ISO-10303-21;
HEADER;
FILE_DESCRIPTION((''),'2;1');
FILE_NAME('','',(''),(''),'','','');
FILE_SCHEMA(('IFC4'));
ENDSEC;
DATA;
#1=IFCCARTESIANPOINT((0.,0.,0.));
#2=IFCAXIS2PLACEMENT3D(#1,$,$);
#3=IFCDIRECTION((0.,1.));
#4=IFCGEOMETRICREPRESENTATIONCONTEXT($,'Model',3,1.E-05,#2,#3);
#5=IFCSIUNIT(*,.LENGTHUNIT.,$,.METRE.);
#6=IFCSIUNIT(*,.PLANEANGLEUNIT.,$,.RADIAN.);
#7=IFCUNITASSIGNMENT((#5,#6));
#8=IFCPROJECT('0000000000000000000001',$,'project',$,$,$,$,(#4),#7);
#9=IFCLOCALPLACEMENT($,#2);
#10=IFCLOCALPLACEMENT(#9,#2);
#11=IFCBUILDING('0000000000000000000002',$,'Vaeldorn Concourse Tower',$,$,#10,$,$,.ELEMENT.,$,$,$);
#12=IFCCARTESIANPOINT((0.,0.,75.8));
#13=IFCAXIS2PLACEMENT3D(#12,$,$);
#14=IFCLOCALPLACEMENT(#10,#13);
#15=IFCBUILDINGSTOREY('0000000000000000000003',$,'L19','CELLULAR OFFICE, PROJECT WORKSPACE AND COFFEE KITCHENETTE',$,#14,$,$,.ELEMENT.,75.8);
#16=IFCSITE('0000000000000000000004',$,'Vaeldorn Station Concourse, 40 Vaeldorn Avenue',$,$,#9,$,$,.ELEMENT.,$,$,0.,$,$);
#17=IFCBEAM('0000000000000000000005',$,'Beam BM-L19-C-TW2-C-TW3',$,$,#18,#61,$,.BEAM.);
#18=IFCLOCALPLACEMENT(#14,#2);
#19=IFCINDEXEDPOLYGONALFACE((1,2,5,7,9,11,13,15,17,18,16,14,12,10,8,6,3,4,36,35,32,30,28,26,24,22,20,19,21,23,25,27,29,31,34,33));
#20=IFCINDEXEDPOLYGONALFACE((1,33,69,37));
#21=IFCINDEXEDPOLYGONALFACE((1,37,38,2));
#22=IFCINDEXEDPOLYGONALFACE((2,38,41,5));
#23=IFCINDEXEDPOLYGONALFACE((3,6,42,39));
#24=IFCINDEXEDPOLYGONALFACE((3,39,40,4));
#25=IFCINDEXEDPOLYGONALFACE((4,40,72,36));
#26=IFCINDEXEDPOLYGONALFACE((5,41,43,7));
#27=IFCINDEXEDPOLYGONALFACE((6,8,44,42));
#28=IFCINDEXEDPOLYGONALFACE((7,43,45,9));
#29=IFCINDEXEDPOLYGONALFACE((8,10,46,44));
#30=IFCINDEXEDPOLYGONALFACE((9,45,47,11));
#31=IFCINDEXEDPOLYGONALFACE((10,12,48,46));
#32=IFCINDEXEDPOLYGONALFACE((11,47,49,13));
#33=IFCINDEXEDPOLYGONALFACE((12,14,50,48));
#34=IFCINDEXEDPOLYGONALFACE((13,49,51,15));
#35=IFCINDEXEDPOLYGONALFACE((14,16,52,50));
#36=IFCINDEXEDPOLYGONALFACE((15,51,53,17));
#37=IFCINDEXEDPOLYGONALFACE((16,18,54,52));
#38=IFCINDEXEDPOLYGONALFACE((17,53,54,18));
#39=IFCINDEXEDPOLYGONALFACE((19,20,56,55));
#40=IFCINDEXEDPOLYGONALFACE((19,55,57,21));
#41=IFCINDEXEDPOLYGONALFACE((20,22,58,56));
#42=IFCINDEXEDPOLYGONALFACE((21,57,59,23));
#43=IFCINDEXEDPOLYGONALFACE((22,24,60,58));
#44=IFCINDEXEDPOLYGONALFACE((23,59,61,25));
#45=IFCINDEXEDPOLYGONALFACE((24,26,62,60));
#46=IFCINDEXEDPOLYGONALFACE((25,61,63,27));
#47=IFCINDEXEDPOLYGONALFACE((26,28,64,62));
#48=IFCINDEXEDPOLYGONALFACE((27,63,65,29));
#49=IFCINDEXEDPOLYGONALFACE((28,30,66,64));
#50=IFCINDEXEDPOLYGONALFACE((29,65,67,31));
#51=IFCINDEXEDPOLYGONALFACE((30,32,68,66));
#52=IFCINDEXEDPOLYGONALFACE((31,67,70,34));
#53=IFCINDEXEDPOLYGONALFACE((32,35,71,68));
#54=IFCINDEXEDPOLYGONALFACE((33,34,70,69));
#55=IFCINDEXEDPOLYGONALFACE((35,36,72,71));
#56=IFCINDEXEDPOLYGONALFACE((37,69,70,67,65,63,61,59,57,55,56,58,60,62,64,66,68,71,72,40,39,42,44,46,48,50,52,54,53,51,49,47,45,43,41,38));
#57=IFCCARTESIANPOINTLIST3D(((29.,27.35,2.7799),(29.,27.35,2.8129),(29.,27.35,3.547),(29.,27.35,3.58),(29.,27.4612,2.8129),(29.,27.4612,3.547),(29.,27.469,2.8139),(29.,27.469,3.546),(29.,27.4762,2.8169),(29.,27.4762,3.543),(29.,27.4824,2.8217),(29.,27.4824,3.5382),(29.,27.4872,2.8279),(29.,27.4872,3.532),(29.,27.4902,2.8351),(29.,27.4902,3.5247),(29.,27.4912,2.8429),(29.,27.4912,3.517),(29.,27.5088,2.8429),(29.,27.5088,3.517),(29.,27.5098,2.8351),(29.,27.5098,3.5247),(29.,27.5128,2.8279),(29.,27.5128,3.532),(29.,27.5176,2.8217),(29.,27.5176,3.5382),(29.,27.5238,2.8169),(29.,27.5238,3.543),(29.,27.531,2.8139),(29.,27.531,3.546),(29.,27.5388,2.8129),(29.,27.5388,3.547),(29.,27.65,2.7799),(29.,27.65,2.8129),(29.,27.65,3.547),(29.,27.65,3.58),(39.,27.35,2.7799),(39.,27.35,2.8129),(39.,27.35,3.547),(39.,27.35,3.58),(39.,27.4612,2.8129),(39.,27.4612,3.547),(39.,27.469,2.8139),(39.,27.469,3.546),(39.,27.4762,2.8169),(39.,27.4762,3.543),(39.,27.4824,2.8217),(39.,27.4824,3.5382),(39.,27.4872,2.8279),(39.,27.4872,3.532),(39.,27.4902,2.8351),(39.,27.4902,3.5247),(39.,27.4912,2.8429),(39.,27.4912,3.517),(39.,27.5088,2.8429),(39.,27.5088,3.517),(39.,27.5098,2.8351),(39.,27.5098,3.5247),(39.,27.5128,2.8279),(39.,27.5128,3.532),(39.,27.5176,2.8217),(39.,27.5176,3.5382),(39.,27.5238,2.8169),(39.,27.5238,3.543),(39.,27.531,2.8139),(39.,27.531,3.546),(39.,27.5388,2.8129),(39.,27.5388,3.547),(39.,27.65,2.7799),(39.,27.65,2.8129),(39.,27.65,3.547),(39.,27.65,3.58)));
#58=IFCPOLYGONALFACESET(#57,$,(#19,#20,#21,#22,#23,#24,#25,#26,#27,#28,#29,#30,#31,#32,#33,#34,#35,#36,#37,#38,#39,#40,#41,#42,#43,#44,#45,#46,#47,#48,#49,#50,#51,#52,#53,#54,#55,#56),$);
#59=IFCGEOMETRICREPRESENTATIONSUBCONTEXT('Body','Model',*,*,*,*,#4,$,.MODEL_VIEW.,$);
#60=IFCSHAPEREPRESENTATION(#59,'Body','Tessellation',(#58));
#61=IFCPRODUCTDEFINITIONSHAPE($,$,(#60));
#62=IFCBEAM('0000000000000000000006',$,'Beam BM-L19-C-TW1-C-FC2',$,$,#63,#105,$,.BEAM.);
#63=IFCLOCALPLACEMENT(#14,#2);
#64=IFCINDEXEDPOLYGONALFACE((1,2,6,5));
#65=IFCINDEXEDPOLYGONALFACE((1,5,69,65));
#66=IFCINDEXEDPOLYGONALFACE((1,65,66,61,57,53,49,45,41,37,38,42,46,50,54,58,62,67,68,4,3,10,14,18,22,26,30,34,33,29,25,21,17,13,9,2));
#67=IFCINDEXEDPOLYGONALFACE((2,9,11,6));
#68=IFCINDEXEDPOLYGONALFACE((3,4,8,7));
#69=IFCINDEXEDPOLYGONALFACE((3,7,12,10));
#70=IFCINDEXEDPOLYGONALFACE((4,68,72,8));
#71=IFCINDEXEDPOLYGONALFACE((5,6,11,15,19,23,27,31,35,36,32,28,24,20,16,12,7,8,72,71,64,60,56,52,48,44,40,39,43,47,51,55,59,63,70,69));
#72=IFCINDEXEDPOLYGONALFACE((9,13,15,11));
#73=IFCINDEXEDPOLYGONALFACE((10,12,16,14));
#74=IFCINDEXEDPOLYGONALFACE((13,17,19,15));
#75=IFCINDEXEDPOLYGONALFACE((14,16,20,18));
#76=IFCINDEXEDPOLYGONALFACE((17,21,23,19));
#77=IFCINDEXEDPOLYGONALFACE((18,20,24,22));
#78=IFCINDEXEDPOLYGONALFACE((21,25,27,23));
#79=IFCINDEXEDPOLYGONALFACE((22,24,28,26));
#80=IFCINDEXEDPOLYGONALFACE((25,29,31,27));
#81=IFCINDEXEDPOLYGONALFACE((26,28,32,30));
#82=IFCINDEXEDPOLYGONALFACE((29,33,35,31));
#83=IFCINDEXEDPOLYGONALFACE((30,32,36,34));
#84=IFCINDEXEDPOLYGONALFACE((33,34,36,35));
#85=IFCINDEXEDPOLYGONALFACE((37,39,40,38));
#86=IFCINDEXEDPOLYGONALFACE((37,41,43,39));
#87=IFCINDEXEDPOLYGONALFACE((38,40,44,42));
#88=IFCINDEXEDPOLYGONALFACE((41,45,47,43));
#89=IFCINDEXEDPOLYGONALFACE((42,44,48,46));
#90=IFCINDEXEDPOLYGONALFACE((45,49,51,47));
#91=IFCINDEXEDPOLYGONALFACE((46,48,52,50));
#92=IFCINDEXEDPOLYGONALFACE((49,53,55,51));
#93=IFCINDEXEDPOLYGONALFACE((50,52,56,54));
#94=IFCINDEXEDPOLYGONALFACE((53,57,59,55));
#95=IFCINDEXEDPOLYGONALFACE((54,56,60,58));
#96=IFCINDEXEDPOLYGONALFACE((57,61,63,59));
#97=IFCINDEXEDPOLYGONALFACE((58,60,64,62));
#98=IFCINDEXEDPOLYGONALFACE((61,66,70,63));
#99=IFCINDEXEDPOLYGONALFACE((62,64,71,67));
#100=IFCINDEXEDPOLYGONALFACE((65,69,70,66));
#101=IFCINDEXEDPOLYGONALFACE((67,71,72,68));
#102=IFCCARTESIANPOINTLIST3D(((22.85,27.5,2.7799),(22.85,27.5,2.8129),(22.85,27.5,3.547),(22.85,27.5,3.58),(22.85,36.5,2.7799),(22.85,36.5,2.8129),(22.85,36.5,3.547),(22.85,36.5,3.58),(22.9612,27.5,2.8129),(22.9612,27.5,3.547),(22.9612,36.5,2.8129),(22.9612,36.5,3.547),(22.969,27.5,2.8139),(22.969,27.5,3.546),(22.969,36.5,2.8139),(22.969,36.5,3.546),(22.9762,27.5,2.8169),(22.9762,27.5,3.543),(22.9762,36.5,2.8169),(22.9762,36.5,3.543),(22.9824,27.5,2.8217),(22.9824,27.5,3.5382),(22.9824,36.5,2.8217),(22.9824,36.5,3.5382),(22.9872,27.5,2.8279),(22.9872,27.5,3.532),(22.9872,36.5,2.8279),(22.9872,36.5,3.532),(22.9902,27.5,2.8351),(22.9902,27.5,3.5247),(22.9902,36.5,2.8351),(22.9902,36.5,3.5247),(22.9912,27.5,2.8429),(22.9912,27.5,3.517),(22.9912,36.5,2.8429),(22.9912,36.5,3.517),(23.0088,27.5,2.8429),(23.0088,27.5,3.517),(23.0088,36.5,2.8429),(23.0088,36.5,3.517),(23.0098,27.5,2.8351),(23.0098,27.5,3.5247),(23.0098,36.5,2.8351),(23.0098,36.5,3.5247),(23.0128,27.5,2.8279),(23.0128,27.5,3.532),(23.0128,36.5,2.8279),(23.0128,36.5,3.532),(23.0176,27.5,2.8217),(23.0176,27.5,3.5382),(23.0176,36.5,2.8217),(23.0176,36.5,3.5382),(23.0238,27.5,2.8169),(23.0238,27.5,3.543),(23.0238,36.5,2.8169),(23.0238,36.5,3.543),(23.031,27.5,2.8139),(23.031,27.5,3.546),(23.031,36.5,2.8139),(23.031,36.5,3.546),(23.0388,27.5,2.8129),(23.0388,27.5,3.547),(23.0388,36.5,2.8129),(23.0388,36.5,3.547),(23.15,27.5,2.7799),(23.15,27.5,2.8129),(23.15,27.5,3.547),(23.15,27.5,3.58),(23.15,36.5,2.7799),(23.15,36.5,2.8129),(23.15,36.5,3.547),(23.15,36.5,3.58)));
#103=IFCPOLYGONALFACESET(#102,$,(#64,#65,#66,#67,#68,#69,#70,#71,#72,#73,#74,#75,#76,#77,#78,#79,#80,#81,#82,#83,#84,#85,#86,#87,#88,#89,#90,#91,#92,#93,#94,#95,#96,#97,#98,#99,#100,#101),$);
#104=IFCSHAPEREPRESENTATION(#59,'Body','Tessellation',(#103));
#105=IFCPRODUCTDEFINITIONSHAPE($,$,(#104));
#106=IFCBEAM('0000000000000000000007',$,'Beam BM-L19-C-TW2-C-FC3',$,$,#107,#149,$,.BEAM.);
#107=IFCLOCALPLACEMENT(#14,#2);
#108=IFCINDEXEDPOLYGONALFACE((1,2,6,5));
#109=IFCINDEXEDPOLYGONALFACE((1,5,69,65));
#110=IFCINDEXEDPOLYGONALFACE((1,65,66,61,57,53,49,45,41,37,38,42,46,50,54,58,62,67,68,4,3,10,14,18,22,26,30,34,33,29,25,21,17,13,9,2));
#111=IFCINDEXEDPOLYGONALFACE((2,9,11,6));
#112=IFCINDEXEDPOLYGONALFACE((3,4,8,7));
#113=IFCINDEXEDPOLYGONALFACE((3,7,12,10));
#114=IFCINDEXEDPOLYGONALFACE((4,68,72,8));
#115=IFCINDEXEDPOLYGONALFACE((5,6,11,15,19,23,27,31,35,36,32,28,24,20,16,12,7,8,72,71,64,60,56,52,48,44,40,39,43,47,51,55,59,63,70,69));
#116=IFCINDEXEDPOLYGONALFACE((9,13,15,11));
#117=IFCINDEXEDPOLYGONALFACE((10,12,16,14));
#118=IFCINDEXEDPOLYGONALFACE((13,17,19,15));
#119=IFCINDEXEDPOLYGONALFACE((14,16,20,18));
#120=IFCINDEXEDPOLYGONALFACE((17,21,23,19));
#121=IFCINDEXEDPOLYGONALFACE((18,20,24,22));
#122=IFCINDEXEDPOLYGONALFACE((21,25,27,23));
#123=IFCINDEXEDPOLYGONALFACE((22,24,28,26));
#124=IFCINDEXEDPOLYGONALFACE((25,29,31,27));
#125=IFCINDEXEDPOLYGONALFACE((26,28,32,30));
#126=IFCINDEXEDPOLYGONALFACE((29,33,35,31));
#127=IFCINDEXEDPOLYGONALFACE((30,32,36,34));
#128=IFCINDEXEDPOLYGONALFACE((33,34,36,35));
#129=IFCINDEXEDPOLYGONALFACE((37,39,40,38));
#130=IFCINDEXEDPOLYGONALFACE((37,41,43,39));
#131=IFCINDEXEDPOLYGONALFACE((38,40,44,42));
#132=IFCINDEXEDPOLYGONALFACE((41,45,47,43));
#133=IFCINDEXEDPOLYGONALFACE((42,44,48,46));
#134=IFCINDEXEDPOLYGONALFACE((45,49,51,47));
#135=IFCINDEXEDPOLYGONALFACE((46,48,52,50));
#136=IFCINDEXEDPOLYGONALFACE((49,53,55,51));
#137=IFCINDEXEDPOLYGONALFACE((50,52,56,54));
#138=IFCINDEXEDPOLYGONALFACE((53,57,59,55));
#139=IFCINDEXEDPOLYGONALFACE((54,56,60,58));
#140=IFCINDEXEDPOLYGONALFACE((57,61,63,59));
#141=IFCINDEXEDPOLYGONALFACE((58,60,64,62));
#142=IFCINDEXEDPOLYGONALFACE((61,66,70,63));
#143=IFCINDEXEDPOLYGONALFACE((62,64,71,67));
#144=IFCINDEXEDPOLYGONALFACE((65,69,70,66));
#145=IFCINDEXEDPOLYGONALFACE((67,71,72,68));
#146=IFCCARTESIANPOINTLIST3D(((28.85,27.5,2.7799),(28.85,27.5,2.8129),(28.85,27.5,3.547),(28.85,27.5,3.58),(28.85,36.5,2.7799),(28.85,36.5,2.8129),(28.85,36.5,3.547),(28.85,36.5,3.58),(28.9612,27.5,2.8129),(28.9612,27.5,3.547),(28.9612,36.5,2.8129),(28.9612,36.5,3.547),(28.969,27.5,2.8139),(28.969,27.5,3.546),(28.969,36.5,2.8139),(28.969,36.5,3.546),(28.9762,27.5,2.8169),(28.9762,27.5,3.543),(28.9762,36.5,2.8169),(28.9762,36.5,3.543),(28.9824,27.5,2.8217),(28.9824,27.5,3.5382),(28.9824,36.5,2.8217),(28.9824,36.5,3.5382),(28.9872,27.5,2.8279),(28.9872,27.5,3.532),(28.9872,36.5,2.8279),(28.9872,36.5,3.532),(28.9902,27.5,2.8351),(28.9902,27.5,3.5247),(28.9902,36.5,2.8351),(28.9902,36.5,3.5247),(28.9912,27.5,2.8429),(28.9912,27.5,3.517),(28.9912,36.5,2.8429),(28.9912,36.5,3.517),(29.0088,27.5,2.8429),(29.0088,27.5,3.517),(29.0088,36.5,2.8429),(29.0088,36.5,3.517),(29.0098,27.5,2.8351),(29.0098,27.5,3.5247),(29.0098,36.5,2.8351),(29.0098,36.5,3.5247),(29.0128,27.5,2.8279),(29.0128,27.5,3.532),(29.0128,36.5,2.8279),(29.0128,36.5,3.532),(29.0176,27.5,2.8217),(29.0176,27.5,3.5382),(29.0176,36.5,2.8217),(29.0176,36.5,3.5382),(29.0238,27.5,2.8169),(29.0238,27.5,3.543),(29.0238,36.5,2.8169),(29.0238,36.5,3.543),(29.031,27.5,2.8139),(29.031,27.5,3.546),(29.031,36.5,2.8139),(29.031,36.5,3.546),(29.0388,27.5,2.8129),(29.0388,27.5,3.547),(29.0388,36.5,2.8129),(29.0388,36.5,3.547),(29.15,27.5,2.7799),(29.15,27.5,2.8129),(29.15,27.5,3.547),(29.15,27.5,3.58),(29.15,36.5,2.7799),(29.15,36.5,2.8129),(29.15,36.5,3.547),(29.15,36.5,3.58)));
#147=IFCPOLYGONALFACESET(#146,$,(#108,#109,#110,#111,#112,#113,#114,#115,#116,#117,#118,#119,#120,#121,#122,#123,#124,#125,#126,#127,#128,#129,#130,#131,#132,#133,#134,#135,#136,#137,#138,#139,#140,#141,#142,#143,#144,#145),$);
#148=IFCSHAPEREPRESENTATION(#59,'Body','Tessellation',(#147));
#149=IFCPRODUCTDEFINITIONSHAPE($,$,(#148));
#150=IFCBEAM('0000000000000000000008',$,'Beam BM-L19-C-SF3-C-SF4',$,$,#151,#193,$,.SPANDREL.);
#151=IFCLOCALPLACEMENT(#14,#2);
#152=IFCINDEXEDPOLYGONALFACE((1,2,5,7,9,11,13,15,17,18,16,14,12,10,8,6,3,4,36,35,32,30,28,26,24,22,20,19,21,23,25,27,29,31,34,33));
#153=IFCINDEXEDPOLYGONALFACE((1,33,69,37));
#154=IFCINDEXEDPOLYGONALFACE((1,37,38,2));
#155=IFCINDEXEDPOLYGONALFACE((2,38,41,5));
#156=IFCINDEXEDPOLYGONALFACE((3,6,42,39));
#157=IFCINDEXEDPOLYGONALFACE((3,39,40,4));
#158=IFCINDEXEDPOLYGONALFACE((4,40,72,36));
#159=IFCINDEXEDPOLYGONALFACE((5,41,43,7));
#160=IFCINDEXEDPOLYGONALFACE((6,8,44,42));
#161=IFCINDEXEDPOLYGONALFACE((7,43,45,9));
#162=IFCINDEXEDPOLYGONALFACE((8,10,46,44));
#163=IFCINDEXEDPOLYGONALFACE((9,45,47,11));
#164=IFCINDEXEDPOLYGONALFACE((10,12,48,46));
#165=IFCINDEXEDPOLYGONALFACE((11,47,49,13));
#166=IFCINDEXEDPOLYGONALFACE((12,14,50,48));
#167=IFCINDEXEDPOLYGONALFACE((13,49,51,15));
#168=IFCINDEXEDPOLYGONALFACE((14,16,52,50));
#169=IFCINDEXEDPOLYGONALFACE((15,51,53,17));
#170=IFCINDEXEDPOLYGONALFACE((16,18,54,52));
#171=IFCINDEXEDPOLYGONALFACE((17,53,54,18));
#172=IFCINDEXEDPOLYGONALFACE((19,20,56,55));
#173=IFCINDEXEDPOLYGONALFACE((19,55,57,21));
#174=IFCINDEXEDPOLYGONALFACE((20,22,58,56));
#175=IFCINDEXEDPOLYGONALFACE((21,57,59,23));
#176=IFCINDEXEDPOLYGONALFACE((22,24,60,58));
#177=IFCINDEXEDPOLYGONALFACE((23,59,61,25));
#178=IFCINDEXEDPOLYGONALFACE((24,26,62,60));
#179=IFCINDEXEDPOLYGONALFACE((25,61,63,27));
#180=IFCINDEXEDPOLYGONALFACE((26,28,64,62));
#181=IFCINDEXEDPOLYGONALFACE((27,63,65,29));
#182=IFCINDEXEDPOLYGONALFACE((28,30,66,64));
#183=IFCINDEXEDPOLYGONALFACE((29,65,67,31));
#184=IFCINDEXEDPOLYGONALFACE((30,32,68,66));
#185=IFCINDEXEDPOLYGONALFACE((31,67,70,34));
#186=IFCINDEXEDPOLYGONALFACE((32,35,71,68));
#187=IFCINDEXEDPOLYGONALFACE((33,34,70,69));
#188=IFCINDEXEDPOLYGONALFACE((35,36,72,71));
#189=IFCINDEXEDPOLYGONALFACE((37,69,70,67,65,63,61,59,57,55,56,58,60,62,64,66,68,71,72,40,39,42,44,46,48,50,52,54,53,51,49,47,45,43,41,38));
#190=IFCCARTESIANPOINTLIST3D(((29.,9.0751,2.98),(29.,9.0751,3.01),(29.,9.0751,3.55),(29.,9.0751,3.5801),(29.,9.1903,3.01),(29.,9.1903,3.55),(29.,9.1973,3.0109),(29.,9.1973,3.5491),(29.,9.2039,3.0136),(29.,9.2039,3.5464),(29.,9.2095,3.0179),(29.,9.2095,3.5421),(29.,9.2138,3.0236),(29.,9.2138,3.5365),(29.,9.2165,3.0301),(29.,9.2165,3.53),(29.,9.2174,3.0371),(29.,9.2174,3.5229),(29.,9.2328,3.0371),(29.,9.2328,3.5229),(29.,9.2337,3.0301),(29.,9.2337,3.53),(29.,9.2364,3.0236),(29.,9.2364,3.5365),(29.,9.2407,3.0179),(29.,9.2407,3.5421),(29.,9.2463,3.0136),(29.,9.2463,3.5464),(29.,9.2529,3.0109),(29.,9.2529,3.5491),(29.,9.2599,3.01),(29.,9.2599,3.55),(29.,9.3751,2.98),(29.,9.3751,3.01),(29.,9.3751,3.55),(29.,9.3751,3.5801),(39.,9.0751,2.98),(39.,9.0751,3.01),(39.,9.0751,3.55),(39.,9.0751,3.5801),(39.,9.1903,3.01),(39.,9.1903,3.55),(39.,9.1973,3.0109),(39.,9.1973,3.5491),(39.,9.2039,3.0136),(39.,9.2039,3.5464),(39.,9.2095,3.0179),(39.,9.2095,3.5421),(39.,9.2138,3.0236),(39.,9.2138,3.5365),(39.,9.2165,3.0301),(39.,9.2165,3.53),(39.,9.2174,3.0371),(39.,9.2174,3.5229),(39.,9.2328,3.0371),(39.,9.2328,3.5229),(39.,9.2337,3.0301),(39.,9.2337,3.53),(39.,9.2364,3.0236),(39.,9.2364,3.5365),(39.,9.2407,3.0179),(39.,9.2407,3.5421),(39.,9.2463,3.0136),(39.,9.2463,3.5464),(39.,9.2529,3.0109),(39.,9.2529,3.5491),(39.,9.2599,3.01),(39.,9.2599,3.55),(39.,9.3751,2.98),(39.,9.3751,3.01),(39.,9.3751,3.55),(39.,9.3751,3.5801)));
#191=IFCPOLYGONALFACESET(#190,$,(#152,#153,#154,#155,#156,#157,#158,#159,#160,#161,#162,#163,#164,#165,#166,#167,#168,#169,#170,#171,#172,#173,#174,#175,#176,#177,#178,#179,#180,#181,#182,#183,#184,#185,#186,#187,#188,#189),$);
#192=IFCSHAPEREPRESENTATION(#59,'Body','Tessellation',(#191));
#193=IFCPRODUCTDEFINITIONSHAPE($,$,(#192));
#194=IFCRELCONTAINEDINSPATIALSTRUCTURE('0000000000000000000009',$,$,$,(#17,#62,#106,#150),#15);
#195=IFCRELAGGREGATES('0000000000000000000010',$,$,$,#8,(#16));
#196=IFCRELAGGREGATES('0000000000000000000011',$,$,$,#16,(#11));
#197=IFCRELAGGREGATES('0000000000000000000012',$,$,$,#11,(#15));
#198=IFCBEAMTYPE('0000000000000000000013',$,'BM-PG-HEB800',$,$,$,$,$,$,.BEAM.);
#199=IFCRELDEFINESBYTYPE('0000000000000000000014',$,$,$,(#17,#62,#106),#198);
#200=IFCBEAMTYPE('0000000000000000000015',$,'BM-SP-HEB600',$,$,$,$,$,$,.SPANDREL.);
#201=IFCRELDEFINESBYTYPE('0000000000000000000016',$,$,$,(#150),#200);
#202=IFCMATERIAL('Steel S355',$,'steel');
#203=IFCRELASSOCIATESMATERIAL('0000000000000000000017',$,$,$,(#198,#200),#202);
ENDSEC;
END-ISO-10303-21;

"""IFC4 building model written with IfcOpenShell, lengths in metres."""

from ifc_helpers import new_model, si_unit, direction, frame, origin, origin_2d, place, context, subcontext, project, spatial, i_section, extrude, source, transform, mapped, material, material_profile, profile_set, type_object, element, save


model = new_model("IFC4")

# Units and contexts
model_context = context("Model", 3, precision=1e-05, world=origin(), true_north=direction((0.0, 1.0)))
body_context = subcontext(model_context, "Body", "Model", "MODEL_VIEW")
ifc_project = project(units=[si_unit("LENGTHUNIT", "METRE"), si_unit("PLANEANGLEUNIT", "RADIAN")], contexts=[model_context])

# Site, building, storey
site_placement = place(None, origin())
site = spatial("IfcSite", under=ifc_project, at=site_placement, Name="Vaeldorn Station Concourse, 40 Vaeldorn Avenue", CompositionType="ELEMENT", RefElevation=0.0)
building_placement = place(site_placement, origin())
building = spatial("IfcBuilding", under=site, at=building_placement, Name="Vaeldorn Concourse Tower", CompositionType="ELEMENT")
storey_placement = place(building_placement, frame((0.0, 0.0, 75.8)))
storey = spatial("IfcBuildingStorey", under=building, at=storey_placement, Name="L19", Description="CELLULAR OFFICE, PROJECT WORKSPACE AND COFFEE KITCHENETTE", CompositionType="ELEMENT", Elevation=75.8)

# Beams
ifc_material_1 = material(Name="Steel S355", Category="steel")
ifc_material_profile_1 = material_profile(ifc_material_1, i_section(OverallWidth=0.3, OverallDepth=0.8, WebThickness=0.0176, FlangeThickness=0.033, FilletRadius=0.03, at=origin_2d()), Name="HEB 800")
ifc_profile_set_1 = profile_set([ifc_material_profile_1], Name="Steel S355")
beam_type_1 = type_object("IfcBeamType", Name="BM-PG-HEB800", PredefinedType="BEAM", material=ifc_profile_set_1)
shared_shape_1 = source(origin(), body_context, "Body", "SweptSolid", [
    extrude(i_section(OverallWidth=0.3, OverallDepth=0.8, WebThickness=0.0176, FlangeThickness=0.033, FilletRadius=0.03, at=origin_2d()), origin(), (0.0, 0.0, 1.0), 10.0),
])
beam_1_placement = place(storey_placement, frame((29.0, 27.5, 3.1799), z_axis=(1.0, 0.0, 0.0), x_axis=(0.0, 1.0, 0.0)))
element("IfcBeam", 1, at=beam_1_placement, inside=storey, type_object=beam_type_1, Name="Beam BM-L19-C-TW2-C-TW3", PredefinedType="BEAM", context=body_context, shape_type="MappedRepresentation", body=[
    mapped(shared_shape_1, transform((0.0, 0.0, 0.0), scale=1.0)),
])
shared_shape_2 = source(origin(), body_context, "Body", "SweptSolid", [
    extrude(i_section(OverallWidth=0.3, OverallDepth=0.8, WebThickness=0.0176, FlangeThickness=0.033, FilletRadius=0.03, at=origin_2d()), origin(), (0.0, 0.0, 1.0), 9.0),
])
for number, where, z_axis, x_axis, name in (
    (2, (23.0, 27.5, 3.1799), (0.0, 1.0, 0.0), (-1.0, 0.0, 0.0), "Beam BM-L19-C-TW1-C-FC2"),
    (3, (29.0, 27.5, 3.1799), (0.0, 1.0, 0.0), (-1.0, 0.0, 0.0), "Beam BM-L19-C-TW2-C-FC3"),
):
    element("IfcBeam", number, at=place(storey_placement, frame(where, z_axis=z_axis, x_axis=x_axis)), inside=storey, type_object=beam_type_1, Name=name, PredefinedType="BEAM", context=body_context, shape_type="MappedRepresentation", body=[
        mapped(shared_shape_2, transform((0.0, 0.0, 0.0), scale=1.0)),
    ])
ifc_material_profile_2 = material_profile(ifc_material_1, i_section(OverallWidth=0.3, OverallDepth=0.6001, WebThickness=0.0154, FlangeThickness=0.03, FilletRadius=0.0271, at=origin_2d()), Name="HEB 600")
ifc_profile_set_2 = profile_set([ifc_material_profile_2], Name="Steel S355")
beam_type_2 = type_object("IfcBeamType", Name="BM-SP-HEB600", PredefinedType="SPANDREL", material=ifc_profile_set_2)
shared_shape_3 = source(origin(), body_context, "Body", "SweptSolid", [
    extrude(i_section(OverallWidth=0.3, OverallDepth=0.6001, WebThickness=0.0154, FlangeThickness=0.03, FilletRadius=0.0271, at=origin_2d()), origin(), (0.0, 0.0, 1.0), 10.0),
])
beam_2_placement = place(storey_placement, frame((29.0, 9.2251, 3.28), z_axis=(1.0, 0.0, 0.0), x_axis=(0.0, 1.0, 0.0)))
element("IfcBeam", 4, at=beam_2_placement, inside=storey, type_object=beam_type_2, Name="Beam BM-L19-C-SF3-C-SF4", PredefinedType="SPANDREL", context=body_context, shape_type="MappedRepresentation", body=[
    mapped(shared_shape_3, transform((0.0, 0.0, 0.0), scale=1.0)),
])

save(model, "model.ifc")
